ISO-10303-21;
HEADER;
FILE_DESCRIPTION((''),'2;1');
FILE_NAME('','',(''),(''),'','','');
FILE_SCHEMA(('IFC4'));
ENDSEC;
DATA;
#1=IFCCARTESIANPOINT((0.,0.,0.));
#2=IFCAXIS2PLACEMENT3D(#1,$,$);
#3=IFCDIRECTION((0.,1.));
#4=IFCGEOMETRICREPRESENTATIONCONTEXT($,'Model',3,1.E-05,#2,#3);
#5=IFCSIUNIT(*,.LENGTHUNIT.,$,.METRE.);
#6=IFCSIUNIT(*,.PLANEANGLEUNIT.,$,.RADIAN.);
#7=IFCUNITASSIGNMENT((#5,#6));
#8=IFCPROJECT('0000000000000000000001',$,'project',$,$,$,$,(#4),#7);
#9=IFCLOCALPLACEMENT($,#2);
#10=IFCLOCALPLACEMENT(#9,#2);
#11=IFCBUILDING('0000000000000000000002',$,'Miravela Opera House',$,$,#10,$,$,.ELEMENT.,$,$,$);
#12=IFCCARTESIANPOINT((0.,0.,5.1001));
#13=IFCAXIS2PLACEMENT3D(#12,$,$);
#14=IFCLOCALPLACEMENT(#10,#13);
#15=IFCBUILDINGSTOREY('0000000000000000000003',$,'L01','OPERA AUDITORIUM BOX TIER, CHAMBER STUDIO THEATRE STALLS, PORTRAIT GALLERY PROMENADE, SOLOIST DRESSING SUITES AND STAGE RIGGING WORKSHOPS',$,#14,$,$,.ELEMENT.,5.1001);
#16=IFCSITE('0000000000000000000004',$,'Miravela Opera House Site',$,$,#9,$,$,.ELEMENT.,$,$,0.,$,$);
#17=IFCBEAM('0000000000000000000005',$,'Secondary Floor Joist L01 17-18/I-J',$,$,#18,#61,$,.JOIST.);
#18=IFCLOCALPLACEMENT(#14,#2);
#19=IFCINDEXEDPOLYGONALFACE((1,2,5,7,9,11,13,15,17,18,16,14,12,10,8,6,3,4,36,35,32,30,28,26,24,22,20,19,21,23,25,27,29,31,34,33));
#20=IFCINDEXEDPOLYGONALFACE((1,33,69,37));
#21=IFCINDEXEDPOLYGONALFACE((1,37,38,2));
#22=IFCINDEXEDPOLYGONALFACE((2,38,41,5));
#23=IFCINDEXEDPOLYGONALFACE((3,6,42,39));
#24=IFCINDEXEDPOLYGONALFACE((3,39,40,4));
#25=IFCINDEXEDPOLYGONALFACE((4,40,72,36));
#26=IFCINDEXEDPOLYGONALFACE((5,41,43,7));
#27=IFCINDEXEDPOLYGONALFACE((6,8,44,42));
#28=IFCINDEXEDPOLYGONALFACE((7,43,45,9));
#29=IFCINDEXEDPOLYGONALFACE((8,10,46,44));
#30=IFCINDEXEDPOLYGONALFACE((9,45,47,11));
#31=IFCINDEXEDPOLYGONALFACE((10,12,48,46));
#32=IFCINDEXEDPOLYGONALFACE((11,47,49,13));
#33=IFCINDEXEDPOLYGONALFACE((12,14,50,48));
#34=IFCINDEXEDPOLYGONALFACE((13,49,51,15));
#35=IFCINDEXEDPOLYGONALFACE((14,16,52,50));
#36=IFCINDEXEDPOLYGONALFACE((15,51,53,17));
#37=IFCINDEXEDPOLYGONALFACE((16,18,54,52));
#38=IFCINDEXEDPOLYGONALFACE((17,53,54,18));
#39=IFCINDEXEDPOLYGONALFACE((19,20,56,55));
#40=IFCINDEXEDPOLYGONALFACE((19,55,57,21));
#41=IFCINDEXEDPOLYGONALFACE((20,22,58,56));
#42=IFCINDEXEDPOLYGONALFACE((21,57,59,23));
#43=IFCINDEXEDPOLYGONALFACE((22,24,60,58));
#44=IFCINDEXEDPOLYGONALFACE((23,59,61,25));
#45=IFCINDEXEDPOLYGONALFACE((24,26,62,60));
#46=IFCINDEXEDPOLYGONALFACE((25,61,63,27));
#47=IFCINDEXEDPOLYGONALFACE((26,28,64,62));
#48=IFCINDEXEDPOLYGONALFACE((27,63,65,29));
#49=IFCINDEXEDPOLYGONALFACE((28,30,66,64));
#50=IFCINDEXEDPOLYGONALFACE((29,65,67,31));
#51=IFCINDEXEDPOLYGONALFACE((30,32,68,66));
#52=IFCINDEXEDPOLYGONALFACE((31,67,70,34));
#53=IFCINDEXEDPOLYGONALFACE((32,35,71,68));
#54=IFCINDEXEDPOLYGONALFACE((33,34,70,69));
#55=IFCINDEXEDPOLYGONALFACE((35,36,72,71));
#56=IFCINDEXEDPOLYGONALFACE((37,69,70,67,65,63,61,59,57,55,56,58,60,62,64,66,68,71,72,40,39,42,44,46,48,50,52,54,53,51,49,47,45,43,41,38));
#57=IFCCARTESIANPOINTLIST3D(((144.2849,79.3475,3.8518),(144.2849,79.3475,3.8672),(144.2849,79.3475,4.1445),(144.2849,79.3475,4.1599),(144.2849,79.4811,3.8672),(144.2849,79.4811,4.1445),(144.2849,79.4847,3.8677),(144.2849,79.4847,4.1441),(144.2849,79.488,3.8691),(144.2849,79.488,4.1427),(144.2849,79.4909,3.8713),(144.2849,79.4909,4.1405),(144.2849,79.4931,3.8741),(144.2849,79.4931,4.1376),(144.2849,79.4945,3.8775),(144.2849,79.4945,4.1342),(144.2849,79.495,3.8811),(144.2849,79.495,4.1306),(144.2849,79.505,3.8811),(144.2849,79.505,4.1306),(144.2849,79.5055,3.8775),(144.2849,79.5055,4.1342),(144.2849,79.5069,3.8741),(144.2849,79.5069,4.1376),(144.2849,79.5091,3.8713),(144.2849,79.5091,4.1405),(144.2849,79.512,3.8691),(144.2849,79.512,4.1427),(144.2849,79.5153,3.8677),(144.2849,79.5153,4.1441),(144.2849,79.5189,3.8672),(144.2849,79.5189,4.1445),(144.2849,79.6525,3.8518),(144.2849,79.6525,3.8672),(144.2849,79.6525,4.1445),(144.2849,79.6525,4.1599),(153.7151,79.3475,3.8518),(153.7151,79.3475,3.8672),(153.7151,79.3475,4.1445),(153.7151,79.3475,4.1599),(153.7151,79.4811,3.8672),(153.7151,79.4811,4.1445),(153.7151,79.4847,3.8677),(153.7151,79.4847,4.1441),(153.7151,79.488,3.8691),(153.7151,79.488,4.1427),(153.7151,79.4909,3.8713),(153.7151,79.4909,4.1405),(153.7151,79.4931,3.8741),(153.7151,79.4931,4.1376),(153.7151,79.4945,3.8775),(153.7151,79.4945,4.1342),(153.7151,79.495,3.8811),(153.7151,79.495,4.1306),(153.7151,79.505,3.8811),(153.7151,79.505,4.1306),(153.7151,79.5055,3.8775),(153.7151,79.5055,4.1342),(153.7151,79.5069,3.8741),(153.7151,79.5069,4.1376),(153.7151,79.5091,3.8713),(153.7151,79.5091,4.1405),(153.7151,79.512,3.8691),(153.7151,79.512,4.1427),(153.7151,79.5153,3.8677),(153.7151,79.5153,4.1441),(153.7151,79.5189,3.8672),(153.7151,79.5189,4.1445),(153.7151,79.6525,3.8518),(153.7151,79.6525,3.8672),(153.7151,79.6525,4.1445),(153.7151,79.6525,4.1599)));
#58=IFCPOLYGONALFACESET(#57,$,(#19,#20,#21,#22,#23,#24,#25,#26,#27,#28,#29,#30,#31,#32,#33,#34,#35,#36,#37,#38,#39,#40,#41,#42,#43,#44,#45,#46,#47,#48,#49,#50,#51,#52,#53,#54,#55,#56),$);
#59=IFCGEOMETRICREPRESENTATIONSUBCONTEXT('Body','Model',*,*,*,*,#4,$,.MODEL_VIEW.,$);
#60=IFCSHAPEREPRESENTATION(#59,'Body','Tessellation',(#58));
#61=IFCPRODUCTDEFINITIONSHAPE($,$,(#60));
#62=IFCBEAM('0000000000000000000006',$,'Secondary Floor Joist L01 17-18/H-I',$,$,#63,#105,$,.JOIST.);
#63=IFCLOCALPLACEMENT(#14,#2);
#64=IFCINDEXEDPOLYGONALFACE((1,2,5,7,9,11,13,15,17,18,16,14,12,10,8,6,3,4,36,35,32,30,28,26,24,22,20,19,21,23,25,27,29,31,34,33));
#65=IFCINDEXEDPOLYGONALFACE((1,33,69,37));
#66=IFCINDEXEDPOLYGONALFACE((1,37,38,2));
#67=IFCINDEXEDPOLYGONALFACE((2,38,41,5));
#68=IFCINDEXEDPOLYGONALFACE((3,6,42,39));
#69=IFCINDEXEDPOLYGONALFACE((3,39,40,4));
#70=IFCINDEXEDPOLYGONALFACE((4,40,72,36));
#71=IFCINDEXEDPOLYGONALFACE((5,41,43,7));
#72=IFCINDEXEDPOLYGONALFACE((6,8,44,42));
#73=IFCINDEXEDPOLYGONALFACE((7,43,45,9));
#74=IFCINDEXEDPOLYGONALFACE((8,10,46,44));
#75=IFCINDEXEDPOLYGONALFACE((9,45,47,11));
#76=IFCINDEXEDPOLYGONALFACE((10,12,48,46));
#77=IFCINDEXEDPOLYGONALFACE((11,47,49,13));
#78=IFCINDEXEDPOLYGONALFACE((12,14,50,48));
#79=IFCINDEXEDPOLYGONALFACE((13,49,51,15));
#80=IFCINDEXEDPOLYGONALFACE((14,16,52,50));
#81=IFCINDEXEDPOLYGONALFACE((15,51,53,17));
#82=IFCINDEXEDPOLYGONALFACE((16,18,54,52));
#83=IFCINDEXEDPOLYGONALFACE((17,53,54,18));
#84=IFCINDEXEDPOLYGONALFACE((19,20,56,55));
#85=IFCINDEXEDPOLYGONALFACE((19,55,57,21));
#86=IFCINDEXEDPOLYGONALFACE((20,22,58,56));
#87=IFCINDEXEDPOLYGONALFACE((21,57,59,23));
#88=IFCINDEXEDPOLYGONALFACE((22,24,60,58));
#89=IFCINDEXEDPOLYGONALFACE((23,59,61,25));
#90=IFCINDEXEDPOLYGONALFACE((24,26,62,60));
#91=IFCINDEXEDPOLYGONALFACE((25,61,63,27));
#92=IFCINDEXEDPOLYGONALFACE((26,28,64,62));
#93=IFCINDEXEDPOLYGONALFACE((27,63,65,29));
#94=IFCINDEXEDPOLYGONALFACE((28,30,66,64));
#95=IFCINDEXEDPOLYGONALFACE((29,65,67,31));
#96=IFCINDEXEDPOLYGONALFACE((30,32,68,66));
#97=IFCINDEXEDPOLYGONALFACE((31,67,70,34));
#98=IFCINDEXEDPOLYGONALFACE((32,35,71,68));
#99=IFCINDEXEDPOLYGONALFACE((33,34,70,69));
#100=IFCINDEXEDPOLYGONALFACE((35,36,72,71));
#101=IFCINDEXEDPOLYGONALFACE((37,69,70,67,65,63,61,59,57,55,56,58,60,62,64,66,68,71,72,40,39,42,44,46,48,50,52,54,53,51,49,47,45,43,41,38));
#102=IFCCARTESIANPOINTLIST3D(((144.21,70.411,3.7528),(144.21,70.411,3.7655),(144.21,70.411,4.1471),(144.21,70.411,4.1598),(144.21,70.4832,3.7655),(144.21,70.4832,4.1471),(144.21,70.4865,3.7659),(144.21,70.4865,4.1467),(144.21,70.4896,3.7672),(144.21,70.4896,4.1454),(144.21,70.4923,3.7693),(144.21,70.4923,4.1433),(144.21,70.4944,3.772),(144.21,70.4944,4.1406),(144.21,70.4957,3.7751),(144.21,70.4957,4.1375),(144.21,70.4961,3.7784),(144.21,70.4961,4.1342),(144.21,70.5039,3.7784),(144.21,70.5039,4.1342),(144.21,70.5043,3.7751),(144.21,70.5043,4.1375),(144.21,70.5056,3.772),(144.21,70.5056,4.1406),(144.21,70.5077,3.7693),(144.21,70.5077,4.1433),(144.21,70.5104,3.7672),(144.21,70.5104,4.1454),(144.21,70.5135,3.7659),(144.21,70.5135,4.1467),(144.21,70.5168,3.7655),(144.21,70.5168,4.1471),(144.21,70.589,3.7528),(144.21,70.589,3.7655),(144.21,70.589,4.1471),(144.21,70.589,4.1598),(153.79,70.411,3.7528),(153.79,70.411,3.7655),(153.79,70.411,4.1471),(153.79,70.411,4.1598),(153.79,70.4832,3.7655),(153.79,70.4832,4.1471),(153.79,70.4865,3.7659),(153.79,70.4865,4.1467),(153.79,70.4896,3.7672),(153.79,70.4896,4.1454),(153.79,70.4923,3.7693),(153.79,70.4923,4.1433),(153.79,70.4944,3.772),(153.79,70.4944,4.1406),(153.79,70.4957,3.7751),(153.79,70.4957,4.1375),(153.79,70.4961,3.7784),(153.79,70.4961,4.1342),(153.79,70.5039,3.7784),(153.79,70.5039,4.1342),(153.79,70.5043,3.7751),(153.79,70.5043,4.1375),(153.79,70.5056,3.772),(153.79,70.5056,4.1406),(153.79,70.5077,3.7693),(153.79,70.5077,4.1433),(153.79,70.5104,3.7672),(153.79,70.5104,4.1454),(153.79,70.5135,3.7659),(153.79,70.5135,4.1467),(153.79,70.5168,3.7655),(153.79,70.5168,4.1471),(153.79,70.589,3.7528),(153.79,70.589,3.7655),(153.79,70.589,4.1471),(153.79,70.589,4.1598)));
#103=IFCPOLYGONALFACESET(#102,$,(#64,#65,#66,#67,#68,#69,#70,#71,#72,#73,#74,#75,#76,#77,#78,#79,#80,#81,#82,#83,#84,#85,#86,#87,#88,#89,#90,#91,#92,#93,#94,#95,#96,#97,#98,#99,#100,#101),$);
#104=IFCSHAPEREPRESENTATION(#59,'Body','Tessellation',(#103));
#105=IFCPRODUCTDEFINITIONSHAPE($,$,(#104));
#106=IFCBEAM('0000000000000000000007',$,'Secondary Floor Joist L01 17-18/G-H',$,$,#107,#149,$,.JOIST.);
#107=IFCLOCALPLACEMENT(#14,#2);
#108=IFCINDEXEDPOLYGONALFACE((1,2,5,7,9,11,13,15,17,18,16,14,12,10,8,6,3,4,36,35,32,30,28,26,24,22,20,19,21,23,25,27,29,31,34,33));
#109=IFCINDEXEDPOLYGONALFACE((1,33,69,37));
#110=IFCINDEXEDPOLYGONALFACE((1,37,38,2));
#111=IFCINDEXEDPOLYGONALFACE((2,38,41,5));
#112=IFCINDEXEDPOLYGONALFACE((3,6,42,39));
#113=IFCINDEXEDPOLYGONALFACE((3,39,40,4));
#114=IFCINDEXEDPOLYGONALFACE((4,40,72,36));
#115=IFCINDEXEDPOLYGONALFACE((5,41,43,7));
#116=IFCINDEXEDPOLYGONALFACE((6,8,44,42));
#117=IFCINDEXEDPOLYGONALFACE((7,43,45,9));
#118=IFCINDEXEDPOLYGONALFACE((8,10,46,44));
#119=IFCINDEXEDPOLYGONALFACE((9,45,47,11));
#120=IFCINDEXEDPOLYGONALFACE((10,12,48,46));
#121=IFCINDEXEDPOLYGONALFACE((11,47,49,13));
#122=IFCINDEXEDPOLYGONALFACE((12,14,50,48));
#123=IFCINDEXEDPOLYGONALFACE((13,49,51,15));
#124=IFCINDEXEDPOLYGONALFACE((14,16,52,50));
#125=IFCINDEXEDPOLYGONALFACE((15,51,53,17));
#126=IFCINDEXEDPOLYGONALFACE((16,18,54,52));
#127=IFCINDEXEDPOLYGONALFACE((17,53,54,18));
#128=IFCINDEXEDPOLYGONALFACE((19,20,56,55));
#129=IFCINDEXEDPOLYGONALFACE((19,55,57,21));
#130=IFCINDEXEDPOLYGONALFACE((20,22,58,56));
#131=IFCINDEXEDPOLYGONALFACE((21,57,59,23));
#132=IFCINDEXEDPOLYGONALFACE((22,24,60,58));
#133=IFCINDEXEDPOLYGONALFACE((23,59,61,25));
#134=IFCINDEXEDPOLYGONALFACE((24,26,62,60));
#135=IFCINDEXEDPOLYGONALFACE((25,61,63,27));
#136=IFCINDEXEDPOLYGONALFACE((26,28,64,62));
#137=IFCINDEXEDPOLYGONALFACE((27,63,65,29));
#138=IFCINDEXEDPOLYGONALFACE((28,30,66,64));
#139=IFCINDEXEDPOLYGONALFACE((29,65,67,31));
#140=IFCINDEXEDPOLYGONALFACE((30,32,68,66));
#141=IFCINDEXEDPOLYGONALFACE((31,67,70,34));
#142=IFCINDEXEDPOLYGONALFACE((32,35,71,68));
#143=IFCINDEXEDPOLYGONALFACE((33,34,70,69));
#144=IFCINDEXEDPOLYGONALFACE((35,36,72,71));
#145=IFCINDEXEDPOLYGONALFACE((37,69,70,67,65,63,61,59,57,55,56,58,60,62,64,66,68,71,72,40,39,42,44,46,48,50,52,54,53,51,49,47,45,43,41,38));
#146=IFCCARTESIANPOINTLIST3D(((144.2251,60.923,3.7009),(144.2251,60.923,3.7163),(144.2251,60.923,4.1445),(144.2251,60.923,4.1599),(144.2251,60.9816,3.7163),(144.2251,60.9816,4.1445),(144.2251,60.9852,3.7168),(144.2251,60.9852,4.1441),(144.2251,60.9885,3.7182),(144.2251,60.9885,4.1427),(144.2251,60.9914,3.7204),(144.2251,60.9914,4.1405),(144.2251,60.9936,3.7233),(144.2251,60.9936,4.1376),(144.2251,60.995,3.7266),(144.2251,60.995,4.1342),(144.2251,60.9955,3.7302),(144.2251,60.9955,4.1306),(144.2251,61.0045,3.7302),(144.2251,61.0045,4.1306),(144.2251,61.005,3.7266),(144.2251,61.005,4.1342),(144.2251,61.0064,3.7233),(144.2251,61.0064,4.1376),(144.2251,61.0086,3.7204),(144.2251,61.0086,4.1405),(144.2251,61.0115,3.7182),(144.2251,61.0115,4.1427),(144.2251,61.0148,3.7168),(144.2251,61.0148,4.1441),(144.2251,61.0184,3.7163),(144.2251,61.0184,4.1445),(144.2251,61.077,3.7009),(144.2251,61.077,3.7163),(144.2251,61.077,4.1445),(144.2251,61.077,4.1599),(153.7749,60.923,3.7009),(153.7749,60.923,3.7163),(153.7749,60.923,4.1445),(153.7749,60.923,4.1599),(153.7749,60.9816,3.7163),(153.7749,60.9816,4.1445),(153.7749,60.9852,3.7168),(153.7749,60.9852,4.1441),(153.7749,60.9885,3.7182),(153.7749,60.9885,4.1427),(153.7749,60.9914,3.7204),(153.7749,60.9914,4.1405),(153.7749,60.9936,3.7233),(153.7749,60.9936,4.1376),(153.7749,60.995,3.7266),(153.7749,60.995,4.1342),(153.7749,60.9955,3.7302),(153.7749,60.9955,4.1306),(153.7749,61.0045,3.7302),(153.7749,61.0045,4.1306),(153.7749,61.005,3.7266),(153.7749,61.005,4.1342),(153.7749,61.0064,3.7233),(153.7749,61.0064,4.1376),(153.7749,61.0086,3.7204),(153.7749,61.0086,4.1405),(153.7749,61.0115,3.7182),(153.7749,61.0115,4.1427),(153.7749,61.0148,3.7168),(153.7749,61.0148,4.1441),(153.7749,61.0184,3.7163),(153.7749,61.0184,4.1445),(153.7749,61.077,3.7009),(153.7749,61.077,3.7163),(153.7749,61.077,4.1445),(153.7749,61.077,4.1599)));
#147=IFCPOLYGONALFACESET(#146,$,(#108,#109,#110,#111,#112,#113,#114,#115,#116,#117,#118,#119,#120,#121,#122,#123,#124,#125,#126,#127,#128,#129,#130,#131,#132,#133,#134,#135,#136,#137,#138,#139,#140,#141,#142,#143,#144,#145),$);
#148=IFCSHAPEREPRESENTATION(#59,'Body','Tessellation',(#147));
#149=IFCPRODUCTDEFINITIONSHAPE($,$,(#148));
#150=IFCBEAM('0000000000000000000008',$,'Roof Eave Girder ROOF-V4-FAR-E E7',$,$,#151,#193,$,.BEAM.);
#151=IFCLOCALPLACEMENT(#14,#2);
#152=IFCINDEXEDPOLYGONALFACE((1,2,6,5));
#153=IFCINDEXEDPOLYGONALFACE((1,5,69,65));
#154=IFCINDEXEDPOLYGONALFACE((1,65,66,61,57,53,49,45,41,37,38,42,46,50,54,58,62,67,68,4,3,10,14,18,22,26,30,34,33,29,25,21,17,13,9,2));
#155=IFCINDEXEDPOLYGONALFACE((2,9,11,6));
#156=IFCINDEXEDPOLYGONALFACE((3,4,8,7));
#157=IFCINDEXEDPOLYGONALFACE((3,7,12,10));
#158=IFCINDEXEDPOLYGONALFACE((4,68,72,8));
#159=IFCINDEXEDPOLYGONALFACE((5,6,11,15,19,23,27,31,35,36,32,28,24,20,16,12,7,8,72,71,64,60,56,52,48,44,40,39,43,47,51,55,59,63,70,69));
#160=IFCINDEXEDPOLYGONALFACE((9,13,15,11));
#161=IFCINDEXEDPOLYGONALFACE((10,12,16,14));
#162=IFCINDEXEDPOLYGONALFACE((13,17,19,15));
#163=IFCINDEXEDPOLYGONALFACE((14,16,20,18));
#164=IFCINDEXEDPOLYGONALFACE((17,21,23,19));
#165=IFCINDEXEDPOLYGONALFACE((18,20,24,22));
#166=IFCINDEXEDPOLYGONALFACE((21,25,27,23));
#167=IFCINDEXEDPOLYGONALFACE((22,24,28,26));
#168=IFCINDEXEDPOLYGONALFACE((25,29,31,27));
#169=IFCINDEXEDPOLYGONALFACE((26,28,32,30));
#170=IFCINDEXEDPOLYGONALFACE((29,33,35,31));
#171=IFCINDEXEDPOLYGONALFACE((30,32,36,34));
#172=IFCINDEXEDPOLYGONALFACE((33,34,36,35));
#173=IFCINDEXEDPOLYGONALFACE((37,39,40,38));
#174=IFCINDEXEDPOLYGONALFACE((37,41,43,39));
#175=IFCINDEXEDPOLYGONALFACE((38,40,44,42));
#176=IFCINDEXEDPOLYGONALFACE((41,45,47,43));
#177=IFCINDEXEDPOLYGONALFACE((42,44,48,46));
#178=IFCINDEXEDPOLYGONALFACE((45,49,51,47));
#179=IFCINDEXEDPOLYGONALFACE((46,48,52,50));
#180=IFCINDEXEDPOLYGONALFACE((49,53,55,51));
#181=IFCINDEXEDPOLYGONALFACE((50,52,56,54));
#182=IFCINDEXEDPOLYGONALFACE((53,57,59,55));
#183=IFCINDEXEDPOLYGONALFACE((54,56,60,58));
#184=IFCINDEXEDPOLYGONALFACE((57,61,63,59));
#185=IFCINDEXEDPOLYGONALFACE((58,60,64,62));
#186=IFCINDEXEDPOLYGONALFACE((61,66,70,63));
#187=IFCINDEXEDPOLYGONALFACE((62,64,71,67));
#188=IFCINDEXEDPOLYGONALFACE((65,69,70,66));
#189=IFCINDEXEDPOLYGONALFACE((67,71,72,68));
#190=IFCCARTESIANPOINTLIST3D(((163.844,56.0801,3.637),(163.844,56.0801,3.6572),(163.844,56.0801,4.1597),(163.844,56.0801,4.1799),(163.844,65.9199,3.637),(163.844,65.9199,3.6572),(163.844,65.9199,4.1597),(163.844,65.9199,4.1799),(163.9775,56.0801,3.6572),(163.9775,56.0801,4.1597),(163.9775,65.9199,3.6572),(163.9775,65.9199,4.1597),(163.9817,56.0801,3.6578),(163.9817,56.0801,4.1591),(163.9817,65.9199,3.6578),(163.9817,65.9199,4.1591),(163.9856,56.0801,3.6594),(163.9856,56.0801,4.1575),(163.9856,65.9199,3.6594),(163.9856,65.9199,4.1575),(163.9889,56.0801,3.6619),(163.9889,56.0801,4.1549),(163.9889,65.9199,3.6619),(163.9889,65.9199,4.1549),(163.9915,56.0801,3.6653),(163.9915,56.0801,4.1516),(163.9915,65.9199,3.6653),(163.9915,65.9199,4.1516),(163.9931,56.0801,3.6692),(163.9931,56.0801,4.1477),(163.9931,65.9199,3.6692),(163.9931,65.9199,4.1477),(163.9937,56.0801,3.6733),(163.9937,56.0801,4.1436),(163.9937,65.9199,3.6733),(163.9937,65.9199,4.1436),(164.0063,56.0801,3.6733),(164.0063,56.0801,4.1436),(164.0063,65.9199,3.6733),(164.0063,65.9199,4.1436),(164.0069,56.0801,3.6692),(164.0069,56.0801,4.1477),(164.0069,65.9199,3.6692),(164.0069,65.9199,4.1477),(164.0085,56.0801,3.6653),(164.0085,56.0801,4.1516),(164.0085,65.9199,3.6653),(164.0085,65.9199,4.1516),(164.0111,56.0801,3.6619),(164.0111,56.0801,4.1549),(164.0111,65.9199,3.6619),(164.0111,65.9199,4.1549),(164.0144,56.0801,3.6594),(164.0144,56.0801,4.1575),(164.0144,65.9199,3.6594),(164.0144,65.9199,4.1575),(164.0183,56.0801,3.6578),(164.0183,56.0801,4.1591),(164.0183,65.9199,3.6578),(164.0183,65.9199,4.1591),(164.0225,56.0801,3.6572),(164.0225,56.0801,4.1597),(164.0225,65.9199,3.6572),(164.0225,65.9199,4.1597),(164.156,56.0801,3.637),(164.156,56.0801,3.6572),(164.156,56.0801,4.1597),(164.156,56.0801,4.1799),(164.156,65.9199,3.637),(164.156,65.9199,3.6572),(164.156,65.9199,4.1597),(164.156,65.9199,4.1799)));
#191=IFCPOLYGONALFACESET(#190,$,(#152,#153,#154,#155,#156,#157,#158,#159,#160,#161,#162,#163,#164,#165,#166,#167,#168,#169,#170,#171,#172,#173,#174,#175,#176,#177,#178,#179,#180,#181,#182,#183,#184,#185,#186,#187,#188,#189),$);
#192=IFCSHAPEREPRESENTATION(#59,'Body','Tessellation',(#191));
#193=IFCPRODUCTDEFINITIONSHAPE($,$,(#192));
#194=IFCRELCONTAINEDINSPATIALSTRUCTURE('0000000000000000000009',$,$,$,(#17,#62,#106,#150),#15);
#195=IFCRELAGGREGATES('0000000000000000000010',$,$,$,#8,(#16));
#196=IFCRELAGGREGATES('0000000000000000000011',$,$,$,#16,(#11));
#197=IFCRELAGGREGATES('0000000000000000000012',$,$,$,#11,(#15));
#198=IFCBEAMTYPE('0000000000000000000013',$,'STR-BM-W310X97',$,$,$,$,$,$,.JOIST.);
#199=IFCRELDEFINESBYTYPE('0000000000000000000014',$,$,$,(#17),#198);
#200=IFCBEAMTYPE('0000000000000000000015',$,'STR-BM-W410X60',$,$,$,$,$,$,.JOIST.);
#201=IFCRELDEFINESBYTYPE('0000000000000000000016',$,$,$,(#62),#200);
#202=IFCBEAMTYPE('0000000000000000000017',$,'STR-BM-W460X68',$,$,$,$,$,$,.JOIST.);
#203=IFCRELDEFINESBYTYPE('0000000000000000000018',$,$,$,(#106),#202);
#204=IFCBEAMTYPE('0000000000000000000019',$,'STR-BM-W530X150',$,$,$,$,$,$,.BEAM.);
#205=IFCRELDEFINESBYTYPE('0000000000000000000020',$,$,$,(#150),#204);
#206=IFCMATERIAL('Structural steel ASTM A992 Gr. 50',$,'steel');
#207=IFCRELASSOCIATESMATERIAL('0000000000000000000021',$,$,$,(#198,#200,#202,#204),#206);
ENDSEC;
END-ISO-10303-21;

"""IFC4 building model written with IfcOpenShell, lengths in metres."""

from ifc_helpers import new_model, si_unit, direction, frame, origin, origin_2d, place, context, subcontext, project, spatial, i_section, extrude, material, material_profile, profile_set, type_object, element, save


model = new_model("IFC4")

# Units and contexts
model_context = context("Model", 3, precision=1e-05, world=origin(), true_north=direction((0.0, 1.0)))
body_context = subcontext(model_context, "Body", "Model", "MODEL_VIEW")
ifc_project = project(units=[si_unit("LENGTHUNIT", "METRE"), si_unit("PLANEANGLEUNIT", "RADIAN")], contexts=[model_context])

# Site, building, storey
site_placement = place(None, origin())
site = spatial("IfcSite", under=ifc_project, at=site_placement, Name="Miravela Opera House Site", CompositionType="ELEMENT", RefElevation=0.0)
building_placement = place(site_placement, origin())
building = spatial("IfcBuilding", under=site, at=building_placement, Name="Miravela Opera House", CompositionType="ELEMENT")
storey_placement = place(building_placement, frame((0.0, 0.0, 5.1001)))
storey = spatial("IfcBuildingStorey", under=building, at=storey_placement, Name="L01", Description="OPERA AUDITORIUM BOX TIER, CHAMBER STUDIO THEATRE STALLS, PORTRAIT GALLERY PROMENADE, SOLOIST DRESSING SUITES AND STAGE RIGGING WORKSHOPS", CompositionType="ELEMENT", Elevation=5.1001)

# Beams
ifc_material_1 = material(Name="Structural steel ASTM A992 Gr. 50", Category="steel")
ifc_material_profile_1 = material_profile(ifc_material_1, i_section(OverallWidth=0.3049, OverallDepth=0.3081, WebThickness=0.01, FlangeThickness=0.0154, FilletRadius=0.0139, at=origin_2d()), Name="W310X97")
ifc_profile_set_1 = profile_set([ifc_material_profile_1])
beam_type_1 = type_object("IfcBeamType", Name="STR-BM-W310X97", PredefinedType="JOIST", material=ifc_profile_set_1)
beam_1_placement = place(storey_placement, frame((144.2849, 79.5, 4.0059), z_axis=(1.0, 0.0, 0.0), x_axis=(0.0, 1.0, 0.0)))
element("IfcBeam", 1, at=beam_1_placement, inside=storey, type_object=beam_type_1, Name="Secondary Floor Joist L01 17-18/I-J", PredefinedType="JOIST", context=body_context, shape_type="SweptSolid", body=[
    extrude(i_section(OverallWidth=0.3049, OverallDepth=0.3081, WebThickness=0.01, FlangeThickness=0.0154, FilletRadius=0.0139, at=origin_2d()), origin(), (0.0, 0.0, 1.0), 9.4302),
])
ifc_material_profile_2 = material_profile(ifc_material_1, i_section(OverallWidth=0.178, OverallDepth=0.407, WebThickness=0.0078, FlangeThickness=0.0127, FilletRadius=0.0129, at=origin_2d()), Name="W410X60")
ifc_profile_set_2 = profile_set([ifc_material_profile_2])
beam_type_2 = type_object("IfcBeamType", Name="STR-BM-W410X60", PredefinedType="JOIST", material=ifc_profile_set_2)
beam_2_placement = place(storey_placement, frame((144.21, 70.5, 3.9563), z_axis=(1.0, 0.0, 0.0), x_axis=(0.0, 1.0, 0.0)))
element("IfcBeam", 2, at=beam_2_placement, inside=storey, type_object=beam_type_2, Name="Secondary Floor Joist L01 17-18/H-I", PredefinedType="JOIST", context=body_context, shape_type="SweptSolid", body=[
    extrude(i_section(OverallWidth=0.178, OverallDepth=0.407, WebThickness=0.0078, FlangeThickness=0.0127, FilletRadius=0.0129, at=origin_2d()), origin(), (0.0, 0.0, 1.0), 9.5801),
])
ifc_material_profile_3 = material_profile(ifc_material_1, i_section(OverallWidth=0.1541, OverallDepth=0.459, WebThickness=0.009, FlangeThickness=0.0154, FilletRadius=0.0139, at=origin_2d()), Name="W460X68")
ifc_profile_set_3 = profile_set([ifc_material_profile_3])
beam_type_3 = type_object("IfcBeamType", Name="STR-BM-W460X68", PredefinedType="JOIST", material=ifc_profile_set_3)
beam_3_placement = place(storey_placement, frame((144.2251, 61.0, 3.9304), z_axis=(1.0, 0.0, 0.0), x_axis=(0.0, 1.0, 0.0)))
element("IfcBeam", 3, at=beam_3_placement, inside=storey, type_object=beam_type_3, Name="Secondary Floor Joist L01 17-18/G-H", PredefinedType="JOIST", context=body_context, shape_type="SweptSolid", body=[
    extrude(i_section(OverallWidth=0.1541, OverallDepth=0.459, WebThickness=0.009, FlangeThickness=0.0154, FilletRadius=0.0139, at=origin_2d()), origin(), (0.0, 0.0, 1.0), 9.5498),
])
ifc_material_profile_4 = material_profile(ifc_material_1, i_section(OverallWidth=0.312, OverallDepth=0.543, WebThickness=0.0127, FlangeThickness=0.0203, FilletRadius=0.0161, at=origin_2d()), Name="W530X150")
ifc_profile_set_4 = profile_set([ifc_material_profile_4])
beam_type_4 = type_object("IfcBeamType", Name="STR-BM-W530X150", PredefinedType="BEAM", material=ifc_profile_set_4)
beam_4_placement = place(storey_placement, frame((164.0, 56.0801, 3.9084), z_axis=(0.0, 1.0, 0.0), x_axis=(-1.0, 0.0, 0.0)))
element("IfcBeam", 4, at=beam_4_placement, inside=storey, type_object=beam_type_4, Name="Roof Eave Girder ROOF-V4-FAR-E E7", PredefinedType="BEAM", context=body_context, shape_type="SweptSolid", body=[
    extrude(i_section(OverallWidth=0.312, OverallDepth=0.543, WebThickness=0.0127, FlangeThickness=0.0203, FilletRadius=0.0161, at=origin_2d()), origin(), (0.0, 0.0, 1.0), 9.8398),
])

save(model, "model.ifc")
